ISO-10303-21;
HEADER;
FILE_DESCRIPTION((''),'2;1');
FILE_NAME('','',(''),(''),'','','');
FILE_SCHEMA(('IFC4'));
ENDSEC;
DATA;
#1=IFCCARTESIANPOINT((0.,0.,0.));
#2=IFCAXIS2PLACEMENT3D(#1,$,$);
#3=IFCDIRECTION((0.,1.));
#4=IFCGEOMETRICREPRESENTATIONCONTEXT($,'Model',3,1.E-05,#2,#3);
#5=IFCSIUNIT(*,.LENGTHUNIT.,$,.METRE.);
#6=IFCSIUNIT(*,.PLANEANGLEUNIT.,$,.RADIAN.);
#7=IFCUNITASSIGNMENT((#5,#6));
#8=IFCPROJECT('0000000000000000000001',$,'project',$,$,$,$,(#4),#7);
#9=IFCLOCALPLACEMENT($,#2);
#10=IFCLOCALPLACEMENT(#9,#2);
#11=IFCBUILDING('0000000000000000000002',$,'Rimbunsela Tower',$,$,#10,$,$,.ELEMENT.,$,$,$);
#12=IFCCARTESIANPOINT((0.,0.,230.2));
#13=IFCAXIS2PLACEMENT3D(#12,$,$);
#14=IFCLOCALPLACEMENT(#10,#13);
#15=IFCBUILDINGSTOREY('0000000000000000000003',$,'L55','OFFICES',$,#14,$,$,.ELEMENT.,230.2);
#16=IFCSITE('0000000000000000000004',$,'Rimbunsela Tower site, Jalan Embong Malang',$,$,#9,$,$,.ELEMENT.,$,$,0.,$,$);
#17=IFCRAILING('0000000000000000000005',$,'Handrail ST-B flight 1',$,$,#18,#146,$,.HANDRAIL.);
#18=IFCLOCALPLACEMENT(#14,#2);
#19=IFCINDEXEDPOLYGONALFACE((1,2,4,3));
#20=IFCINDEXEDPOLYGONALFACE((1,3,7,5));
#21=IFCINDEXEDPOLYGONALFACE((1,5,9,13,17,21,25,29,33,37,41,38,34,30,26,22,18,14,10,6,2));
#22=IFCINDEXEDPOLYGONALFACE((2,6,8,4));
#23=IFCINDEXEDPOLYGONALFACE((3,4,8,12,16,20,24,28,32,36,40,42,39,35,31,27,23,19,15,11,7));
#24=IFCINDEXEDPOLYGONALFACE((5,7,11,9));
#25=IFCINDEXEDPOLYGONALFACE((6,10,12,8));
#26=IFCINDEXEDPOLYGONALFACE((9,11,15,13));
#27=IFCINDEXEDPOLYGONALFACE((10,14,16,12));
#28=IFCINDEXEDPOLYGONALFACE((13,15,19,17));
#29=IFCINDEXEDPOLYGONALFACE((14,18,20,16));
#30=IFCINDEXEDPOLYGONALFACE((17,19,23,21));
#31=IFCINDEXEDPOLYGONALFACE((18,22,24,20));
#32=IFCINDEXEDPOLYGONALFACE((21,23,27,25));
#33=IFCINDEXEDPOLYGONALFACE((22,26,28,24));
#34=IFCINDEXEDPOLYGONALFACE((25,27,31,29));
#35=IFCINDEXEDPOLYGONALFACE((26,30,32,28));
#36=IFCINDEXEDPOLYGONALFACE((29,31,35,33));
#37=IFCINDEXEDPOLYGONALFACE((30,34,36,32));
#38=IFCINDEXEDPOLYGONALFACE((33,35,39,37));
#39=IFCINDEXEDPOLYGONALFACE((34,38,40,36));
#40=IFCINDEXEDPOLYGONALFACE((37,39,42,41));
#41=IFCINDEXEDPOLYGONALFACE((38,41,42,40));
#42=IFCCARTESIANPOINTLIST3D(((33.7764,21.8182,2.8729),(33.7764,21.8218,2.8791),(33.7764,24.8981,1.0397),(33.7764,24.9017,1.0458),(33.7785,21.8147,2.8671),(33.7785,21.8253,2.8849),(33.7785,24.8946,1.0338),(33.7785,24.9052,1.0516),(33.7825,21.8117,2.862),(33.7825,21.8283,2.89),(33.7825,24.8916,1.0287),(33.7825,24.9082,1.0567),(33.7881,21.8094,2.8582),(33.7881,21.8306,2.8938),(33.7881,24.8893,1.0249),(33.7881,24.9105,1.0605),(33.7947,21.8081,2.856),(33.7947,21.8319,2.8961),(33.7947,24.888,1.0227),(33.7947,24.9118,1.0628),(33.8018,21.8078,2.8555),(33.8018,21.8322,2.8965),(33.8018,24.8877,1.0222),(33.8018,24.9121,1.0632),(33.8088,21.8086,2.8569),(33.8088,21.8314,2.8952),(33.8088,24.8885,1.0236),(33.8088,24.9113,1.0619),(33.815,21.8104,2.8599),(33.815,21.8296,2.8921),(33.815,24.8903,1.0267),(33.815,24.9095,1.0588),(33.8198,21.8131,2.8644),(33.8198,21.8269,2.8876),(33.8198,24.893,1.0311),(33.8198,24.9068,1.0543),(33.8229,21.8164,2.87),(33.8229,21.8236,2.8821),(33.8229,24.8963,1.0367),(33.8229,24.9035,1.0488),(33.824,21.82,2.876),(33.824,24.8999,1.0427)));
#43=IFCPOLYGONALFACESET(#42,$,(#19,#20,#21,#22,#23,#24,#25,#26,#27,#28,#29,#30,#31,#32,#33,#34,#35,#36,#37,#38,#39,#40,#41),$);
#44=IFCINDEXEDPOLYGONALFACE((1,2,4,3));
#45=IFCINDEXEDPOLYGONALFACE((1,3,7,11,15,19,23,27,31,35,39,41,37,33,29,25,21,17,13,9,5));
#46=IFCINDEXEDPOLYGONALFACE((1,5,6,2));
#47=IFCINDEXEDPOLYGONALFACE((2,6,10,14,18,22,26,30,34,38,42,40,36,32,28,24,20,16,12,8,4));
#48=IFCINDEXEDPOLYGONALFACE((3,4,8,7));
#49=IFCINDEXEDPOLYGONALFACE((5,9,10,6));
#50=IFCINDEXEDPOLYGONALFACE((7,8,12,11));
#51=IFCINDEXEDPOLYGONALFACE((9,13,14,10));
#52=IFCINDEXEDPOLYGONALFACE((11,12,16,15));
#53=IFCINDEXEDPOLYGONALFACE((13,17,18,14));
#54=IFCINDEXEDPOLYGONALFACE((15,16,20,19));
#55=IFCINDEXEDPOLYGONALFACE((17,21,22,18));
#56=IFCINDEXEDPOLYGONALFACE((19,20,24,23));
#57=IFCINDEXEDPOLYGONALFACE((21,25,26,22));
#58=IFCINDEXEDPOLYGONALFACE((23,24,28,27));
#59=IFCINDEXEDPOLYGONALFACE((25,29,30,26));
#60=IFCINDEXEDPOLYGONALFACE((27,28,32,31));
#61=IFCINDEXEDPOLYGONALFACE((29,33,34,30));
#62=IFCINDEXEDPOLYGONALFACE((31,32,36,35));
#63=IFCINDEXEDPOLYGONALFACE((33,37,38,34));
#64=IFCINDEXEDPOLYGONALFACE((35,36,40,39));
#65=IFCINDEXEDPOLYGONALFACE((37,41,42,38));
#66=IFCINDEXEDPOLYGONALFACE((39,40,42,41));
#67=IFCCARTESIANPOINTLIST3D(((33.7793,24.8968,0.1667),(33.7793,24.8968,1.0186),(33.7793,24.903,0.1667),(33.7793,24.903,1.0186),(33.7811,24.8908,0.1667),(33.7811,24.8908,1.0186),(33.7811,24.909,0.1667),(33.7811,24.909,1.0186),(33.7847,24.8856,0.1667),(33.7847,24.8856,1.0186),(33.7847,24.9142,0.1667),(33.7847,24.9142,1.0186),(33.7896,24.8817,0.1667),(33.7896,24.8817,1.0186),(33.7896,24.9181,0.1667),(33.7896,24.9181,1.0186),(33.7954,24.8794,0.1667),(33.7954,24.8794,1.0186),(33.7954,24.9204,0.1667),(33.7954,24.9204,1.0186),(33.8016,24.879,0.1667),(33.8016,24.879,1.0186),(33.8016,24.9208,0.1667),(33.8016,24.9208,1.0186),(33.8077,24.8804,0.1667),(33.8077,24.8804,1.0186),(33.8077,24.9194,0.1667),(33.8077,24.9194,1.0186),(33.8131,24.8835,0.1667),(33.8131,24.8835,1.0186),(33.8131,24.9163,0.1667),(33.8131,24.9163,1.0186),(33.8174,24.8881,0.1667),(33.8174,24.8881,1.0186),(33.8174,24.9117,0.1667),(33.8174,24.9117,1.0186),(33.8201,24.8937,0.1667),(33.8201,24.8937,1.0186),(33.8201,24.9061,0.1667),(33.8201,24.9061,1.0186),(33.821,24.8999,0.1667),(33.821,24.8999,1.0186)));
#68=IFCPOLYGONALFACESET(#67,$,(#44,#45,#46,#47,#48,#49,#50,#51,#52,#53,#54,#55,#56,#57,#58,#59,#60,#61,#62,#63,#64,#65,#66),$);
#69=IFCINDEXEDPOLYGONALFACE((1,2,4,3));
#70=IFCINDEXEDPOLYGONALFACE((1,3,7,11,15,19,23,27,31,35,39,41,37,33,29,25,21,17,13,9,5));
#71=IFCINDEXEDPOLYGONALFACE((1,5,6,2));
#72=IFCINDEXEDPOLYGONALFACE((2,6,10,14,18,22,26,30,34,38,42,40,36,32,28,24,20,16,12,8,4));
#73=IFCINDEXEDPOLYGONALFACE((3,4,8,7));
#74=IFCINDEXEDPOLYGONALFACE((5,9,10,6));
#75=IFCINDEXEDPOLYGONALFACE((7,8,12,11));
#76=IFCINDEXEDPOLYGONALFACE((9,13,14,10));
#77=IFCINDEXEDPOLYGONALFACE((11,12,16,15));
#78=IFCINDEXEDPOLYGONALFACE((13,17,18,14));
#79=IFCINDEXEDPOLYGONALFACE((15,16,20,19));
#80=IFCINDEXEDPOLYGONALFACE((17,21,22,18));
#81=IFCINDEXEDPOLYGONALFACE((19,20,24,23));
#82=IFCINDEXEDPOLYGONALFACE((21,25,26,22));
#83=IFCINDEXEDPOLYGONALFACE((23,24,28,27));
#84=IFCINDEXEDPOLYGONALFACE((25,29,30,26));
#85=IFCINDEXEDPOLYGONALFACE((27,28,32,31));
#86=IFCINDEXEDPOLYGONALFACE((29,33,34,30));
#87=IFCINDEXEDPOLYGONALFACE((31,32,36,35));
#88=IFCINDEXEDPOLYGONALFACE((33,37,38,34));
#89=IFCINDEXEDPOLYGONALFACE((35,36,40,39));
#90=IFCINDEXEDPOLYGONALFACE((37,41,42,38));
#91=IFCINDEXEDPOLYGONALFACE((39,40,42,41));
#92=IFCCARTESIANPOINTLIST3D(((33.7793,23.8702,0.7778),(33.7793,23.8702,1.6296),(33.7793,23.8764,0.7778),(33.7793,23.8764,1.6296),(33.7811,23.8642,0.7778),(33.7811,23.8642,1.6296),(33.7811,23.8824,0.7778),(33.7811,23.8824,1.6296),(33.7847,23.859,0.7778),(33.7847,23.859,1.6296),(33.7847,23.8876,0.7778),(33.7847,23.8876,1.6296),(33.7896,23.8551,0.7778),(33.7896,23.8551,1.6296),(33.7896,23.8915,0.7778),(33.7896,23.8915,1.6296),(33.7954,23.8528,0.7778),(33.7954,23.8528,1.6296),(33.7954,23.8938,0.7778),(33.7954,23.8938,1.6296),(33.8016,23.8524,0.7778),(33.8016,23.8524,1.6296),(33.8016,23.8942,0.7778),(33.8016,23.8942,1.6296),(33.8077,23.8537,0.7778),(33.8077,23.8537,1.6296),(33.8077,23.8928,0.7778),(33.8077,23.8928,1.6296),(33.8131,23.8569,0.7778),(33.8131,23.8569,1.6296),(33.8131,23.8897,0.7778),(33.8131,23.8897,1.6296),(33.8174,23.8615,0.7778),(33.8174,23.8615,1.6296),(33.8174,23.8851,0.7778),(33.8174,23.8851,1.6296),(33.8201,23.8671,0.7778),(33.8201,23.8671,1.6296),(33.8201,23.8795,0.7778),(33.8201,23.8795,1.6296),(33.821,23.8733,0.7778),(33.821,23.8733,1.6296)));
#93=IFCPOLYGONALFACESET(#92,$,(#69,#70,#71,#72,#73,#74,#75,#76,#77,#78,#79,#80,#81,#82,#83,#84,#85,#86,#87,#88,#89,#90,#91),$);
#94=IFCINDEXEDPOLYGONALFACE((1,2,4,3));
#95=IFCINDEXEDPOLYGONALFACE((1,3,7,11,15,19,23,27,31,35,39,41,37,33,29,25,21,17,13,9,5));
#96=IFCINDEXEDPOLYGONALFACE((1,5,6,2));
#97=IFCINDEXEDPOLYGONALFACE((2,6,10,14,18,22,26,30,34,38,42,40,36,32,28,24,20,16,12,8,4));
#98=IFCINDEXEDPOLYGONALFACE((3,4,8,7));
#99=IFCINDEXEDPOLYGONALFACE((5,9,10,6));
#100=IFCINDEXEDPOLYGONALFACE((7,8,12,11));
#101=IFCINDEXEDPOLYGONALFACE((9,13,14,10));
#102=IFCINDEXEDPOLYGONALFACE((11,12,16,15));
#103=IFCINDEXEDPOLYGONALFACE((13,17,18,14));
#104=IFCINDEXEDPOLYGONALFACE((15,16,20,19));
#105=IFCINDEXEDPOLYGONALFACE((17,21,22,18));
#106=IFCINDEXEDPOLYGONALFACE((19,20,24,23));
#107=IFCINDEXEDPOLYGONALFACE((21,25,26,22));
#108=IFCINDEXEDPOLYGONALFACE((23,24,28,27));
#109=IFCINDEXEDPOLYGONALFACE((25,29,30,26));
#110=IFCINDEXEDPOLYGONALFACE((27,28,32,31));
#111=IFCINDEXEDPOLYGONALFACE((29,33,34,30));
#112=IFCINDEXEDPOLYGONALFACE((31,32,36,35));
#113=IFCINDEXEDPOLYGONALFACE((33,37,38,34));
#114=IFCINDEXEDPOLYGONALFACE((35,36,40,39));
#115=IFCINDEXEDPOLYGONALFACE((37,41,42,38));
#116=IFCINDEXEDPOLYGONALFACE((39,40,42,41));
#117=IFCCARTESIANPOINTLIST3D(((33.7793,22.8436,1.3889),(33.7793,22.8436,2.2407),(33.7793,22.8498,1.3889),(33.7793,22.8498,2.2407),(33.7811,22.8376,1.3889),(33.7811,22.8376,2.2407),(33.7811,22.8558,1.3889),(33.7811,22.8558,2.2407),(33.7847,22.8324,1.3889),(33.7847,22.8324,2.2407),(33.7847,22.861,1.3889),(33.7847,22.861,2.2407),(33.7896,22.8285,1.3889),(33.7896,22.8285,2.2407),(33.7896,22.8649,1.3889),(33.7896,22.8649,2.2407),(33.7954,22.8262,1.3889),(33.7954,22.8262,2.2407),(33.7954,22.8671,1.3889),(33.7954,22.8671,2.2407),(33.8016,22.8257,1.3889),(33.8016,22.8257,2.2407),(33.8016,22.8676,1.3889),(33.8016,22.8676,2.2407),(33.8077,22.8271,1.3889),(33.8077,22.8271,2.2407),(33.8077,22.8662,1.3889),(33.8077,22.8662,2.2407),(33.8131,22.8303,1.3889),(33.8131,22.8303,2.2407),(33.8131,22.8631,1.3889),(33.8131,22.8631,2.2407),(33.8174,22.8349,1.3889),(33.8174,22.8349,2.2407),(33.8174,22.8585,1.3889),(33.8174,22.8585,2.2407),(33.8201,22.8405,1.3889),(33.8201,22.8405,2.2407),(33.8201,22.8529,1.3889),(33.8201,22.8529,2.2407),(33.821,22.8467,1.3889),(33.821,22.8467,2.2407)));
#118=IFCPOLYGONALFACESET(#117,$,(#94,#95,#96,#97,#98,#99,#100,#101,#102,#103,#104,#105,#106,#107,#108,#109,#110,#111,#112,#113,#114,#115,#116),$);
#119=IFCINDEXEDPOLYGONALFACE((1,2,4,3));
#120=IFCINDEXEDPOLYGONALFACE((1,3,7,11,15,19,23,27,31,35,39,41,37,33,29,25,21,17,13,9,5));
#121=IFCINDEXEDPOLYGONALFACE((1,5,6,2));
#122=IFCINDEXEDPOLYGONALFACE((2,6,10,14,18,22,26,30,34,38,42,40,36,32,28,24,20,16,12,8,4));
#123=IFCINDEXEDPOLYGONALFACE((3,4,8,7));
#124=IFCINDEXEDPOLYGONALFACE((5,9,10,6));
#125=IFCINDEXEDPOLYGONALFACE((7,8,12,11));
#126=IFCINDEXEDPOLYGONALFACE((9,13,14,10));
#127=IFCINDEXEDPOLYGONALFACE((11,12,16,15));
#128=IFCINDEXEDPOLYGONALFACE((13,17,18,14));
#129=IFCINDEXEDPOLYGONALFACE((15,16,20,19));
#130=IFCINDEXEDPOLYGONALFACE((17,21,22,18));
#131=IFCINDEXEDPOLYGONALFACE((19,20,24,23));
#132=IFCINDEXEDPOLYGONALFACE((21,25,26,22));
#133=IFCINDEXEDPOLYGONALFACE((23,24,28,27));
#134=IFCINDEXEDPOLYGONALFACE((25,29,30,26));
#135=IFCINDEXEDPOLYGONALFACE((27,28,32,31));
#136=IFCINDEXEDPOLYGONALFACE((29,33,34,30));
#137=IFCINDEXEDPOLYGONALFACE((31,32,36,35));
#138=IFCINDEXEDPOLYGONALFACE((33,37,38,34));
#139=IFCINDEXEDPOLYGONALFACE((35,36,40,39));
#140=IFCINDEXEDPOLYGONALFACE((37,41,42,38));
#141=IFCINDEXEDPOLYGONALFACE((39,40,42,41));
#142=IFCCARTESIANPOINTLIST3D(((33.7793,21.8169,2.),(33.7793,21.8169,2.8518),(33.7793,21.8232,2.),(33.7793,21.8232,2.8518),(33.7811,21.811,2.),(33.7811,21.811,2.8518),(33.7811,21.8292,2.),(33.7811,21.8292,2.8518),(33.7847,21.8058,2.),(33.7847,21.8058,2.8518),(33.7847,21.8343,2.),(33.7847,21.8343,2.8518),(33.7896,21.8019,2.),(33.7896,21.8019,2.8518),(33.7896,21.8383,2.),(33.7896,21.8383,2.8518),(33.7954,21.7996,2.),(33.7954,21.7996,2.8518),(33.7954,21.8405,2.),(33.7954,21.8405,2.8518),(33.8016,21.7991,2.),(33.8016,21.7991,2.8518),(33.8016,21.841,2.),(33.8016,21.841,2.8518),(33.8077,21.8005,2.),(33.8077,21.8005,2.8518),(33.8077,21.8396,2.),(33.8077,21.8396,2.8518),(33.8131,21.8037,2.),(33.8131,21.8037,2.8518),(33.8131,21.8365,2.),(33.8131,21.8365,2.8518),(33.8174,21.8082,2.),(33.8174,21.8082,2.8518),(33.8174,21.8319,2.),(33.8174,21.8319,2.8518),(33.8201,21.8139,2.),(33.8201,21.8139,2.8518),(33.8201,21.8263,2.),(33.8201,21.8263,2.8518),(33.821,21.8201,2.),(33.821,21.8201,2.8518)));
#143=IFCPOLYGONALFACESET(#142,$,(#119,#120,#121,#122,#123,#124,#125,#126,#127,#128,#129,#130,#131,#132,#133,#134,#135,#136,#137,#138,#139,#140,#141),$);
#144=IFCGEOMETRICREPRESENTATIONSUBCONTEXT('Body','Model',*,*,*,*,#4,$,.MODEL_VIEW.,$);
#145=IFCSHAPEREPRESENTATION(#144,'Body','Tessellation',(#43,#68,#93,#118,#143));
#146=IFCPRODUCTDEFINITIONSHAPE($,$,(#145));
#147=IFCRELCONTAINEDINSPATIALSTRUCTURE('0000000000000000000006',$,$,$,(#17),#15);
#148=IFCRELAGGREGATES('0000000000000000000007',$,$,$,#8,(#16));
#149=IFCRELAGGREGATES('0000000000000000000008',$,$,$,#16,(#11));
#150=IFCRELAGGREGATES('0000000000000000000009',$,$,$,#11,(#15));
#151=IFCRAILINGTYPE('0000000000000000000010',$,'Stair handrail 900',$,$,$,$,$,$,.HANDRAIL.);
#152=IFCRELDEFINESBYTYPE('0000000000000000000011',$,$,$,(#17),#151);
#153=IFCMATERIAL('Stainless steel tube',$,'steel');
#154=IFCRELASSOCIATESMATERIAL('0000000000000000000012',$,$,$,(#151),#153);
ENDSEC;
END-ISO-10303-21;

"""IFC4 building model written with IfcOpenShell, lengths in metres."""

from ifc_helpers import new_model, si_unit, direction, frame, origin, origin_2d, place, context, subcontext, project, spatial, circle, extrude, material, type_object, element, save


model = new_model("IFC4")

# Units and contexts
model_context = context("Model", 3, precision=1e-05, world=origin(), true_north=direction((0.0, 1.0)))
body_context = subcontext(model_context, "Body", "Model", "MODEL_VIEW")
ifc_project = project(units=[si_unit("LENGTHUNIT", "METRE"), si_unit("PLANEANGLEUNIT", "RADIAN")], contexts=[model_context])

# Site, building, storey
site_placement = place(None, origin())
site = spatial("IfcSite", under=ifc_project, at=site_placement, Name="Rimbunsela Tower site, Jalan Embong Malang", CompositionType="ELEMENT", RefElevation=0.0)
building_placement = place(site_placement, origin())
building = spatial("IfcBuilding", under=site, at=building_placement, Name="Rimbunsela Tower", CompositionType="ELEMENT")
storey_placement = place(building_placement, frame((0.0, 0.0, 230.2)))
storey = spatial("IfcBuildingStorey", under=building, at=storey_placement, Name="L55", Description="OFFICES", CompositionType="ELEMENT", Elevation=230.2)

# Railing
ifc_material_1 = material(Name="Stainless steel tube", Category="steel")
railing_type = type_object("IfcRailingType", Name="Stair handrail 900", PredefinedType="HANDRAIL", material=ifc_material_1)
railing_placement = place(storey_placement, frame((33.8, 24.8999, 0.1667)))
element("IfcRailing", 1, at=railing_placement, inside=storey, type_object=railing_type, Name="Handrail ST-B flight 1", PredefinedType="HANDRAIL", context=body_context, shape_type="SweptSolid", body=[
    extrude(circle(Radius=0.0239, at=origin_2d()), frame((0.0, 0.0, 0.876), z_axis=(0.0, -0.859291, 0.511487), x_axis=(1.0, 0.0, 0.0)), (0.0, 0.0, 1.0), 3.5842),
    extrude(circle(Radius=0.021, at=origin_2d()), origin(), (0.0, 0.0, 1.0), 0.8518),
    extrude(circle(Radius=0.021, at=origin_2d()), frame((0.0, -1.0266, 0.6111)), (0.0, 0.0, 1.0), 0.8518),
    extrude(circle(Radius=0.021, at=origin_2d()), frame((0.0, -2.0532, 1.2222)), (0.0, 0.0, 1.0), 0.8518),
    extrude(circle(Radius=0.021, at=origin_2d()), frame((0.0, -3.0798, 1.8333)), (0.0, 0.0, 1.0), 0.8518),
])

save(model, "model.ifc")
